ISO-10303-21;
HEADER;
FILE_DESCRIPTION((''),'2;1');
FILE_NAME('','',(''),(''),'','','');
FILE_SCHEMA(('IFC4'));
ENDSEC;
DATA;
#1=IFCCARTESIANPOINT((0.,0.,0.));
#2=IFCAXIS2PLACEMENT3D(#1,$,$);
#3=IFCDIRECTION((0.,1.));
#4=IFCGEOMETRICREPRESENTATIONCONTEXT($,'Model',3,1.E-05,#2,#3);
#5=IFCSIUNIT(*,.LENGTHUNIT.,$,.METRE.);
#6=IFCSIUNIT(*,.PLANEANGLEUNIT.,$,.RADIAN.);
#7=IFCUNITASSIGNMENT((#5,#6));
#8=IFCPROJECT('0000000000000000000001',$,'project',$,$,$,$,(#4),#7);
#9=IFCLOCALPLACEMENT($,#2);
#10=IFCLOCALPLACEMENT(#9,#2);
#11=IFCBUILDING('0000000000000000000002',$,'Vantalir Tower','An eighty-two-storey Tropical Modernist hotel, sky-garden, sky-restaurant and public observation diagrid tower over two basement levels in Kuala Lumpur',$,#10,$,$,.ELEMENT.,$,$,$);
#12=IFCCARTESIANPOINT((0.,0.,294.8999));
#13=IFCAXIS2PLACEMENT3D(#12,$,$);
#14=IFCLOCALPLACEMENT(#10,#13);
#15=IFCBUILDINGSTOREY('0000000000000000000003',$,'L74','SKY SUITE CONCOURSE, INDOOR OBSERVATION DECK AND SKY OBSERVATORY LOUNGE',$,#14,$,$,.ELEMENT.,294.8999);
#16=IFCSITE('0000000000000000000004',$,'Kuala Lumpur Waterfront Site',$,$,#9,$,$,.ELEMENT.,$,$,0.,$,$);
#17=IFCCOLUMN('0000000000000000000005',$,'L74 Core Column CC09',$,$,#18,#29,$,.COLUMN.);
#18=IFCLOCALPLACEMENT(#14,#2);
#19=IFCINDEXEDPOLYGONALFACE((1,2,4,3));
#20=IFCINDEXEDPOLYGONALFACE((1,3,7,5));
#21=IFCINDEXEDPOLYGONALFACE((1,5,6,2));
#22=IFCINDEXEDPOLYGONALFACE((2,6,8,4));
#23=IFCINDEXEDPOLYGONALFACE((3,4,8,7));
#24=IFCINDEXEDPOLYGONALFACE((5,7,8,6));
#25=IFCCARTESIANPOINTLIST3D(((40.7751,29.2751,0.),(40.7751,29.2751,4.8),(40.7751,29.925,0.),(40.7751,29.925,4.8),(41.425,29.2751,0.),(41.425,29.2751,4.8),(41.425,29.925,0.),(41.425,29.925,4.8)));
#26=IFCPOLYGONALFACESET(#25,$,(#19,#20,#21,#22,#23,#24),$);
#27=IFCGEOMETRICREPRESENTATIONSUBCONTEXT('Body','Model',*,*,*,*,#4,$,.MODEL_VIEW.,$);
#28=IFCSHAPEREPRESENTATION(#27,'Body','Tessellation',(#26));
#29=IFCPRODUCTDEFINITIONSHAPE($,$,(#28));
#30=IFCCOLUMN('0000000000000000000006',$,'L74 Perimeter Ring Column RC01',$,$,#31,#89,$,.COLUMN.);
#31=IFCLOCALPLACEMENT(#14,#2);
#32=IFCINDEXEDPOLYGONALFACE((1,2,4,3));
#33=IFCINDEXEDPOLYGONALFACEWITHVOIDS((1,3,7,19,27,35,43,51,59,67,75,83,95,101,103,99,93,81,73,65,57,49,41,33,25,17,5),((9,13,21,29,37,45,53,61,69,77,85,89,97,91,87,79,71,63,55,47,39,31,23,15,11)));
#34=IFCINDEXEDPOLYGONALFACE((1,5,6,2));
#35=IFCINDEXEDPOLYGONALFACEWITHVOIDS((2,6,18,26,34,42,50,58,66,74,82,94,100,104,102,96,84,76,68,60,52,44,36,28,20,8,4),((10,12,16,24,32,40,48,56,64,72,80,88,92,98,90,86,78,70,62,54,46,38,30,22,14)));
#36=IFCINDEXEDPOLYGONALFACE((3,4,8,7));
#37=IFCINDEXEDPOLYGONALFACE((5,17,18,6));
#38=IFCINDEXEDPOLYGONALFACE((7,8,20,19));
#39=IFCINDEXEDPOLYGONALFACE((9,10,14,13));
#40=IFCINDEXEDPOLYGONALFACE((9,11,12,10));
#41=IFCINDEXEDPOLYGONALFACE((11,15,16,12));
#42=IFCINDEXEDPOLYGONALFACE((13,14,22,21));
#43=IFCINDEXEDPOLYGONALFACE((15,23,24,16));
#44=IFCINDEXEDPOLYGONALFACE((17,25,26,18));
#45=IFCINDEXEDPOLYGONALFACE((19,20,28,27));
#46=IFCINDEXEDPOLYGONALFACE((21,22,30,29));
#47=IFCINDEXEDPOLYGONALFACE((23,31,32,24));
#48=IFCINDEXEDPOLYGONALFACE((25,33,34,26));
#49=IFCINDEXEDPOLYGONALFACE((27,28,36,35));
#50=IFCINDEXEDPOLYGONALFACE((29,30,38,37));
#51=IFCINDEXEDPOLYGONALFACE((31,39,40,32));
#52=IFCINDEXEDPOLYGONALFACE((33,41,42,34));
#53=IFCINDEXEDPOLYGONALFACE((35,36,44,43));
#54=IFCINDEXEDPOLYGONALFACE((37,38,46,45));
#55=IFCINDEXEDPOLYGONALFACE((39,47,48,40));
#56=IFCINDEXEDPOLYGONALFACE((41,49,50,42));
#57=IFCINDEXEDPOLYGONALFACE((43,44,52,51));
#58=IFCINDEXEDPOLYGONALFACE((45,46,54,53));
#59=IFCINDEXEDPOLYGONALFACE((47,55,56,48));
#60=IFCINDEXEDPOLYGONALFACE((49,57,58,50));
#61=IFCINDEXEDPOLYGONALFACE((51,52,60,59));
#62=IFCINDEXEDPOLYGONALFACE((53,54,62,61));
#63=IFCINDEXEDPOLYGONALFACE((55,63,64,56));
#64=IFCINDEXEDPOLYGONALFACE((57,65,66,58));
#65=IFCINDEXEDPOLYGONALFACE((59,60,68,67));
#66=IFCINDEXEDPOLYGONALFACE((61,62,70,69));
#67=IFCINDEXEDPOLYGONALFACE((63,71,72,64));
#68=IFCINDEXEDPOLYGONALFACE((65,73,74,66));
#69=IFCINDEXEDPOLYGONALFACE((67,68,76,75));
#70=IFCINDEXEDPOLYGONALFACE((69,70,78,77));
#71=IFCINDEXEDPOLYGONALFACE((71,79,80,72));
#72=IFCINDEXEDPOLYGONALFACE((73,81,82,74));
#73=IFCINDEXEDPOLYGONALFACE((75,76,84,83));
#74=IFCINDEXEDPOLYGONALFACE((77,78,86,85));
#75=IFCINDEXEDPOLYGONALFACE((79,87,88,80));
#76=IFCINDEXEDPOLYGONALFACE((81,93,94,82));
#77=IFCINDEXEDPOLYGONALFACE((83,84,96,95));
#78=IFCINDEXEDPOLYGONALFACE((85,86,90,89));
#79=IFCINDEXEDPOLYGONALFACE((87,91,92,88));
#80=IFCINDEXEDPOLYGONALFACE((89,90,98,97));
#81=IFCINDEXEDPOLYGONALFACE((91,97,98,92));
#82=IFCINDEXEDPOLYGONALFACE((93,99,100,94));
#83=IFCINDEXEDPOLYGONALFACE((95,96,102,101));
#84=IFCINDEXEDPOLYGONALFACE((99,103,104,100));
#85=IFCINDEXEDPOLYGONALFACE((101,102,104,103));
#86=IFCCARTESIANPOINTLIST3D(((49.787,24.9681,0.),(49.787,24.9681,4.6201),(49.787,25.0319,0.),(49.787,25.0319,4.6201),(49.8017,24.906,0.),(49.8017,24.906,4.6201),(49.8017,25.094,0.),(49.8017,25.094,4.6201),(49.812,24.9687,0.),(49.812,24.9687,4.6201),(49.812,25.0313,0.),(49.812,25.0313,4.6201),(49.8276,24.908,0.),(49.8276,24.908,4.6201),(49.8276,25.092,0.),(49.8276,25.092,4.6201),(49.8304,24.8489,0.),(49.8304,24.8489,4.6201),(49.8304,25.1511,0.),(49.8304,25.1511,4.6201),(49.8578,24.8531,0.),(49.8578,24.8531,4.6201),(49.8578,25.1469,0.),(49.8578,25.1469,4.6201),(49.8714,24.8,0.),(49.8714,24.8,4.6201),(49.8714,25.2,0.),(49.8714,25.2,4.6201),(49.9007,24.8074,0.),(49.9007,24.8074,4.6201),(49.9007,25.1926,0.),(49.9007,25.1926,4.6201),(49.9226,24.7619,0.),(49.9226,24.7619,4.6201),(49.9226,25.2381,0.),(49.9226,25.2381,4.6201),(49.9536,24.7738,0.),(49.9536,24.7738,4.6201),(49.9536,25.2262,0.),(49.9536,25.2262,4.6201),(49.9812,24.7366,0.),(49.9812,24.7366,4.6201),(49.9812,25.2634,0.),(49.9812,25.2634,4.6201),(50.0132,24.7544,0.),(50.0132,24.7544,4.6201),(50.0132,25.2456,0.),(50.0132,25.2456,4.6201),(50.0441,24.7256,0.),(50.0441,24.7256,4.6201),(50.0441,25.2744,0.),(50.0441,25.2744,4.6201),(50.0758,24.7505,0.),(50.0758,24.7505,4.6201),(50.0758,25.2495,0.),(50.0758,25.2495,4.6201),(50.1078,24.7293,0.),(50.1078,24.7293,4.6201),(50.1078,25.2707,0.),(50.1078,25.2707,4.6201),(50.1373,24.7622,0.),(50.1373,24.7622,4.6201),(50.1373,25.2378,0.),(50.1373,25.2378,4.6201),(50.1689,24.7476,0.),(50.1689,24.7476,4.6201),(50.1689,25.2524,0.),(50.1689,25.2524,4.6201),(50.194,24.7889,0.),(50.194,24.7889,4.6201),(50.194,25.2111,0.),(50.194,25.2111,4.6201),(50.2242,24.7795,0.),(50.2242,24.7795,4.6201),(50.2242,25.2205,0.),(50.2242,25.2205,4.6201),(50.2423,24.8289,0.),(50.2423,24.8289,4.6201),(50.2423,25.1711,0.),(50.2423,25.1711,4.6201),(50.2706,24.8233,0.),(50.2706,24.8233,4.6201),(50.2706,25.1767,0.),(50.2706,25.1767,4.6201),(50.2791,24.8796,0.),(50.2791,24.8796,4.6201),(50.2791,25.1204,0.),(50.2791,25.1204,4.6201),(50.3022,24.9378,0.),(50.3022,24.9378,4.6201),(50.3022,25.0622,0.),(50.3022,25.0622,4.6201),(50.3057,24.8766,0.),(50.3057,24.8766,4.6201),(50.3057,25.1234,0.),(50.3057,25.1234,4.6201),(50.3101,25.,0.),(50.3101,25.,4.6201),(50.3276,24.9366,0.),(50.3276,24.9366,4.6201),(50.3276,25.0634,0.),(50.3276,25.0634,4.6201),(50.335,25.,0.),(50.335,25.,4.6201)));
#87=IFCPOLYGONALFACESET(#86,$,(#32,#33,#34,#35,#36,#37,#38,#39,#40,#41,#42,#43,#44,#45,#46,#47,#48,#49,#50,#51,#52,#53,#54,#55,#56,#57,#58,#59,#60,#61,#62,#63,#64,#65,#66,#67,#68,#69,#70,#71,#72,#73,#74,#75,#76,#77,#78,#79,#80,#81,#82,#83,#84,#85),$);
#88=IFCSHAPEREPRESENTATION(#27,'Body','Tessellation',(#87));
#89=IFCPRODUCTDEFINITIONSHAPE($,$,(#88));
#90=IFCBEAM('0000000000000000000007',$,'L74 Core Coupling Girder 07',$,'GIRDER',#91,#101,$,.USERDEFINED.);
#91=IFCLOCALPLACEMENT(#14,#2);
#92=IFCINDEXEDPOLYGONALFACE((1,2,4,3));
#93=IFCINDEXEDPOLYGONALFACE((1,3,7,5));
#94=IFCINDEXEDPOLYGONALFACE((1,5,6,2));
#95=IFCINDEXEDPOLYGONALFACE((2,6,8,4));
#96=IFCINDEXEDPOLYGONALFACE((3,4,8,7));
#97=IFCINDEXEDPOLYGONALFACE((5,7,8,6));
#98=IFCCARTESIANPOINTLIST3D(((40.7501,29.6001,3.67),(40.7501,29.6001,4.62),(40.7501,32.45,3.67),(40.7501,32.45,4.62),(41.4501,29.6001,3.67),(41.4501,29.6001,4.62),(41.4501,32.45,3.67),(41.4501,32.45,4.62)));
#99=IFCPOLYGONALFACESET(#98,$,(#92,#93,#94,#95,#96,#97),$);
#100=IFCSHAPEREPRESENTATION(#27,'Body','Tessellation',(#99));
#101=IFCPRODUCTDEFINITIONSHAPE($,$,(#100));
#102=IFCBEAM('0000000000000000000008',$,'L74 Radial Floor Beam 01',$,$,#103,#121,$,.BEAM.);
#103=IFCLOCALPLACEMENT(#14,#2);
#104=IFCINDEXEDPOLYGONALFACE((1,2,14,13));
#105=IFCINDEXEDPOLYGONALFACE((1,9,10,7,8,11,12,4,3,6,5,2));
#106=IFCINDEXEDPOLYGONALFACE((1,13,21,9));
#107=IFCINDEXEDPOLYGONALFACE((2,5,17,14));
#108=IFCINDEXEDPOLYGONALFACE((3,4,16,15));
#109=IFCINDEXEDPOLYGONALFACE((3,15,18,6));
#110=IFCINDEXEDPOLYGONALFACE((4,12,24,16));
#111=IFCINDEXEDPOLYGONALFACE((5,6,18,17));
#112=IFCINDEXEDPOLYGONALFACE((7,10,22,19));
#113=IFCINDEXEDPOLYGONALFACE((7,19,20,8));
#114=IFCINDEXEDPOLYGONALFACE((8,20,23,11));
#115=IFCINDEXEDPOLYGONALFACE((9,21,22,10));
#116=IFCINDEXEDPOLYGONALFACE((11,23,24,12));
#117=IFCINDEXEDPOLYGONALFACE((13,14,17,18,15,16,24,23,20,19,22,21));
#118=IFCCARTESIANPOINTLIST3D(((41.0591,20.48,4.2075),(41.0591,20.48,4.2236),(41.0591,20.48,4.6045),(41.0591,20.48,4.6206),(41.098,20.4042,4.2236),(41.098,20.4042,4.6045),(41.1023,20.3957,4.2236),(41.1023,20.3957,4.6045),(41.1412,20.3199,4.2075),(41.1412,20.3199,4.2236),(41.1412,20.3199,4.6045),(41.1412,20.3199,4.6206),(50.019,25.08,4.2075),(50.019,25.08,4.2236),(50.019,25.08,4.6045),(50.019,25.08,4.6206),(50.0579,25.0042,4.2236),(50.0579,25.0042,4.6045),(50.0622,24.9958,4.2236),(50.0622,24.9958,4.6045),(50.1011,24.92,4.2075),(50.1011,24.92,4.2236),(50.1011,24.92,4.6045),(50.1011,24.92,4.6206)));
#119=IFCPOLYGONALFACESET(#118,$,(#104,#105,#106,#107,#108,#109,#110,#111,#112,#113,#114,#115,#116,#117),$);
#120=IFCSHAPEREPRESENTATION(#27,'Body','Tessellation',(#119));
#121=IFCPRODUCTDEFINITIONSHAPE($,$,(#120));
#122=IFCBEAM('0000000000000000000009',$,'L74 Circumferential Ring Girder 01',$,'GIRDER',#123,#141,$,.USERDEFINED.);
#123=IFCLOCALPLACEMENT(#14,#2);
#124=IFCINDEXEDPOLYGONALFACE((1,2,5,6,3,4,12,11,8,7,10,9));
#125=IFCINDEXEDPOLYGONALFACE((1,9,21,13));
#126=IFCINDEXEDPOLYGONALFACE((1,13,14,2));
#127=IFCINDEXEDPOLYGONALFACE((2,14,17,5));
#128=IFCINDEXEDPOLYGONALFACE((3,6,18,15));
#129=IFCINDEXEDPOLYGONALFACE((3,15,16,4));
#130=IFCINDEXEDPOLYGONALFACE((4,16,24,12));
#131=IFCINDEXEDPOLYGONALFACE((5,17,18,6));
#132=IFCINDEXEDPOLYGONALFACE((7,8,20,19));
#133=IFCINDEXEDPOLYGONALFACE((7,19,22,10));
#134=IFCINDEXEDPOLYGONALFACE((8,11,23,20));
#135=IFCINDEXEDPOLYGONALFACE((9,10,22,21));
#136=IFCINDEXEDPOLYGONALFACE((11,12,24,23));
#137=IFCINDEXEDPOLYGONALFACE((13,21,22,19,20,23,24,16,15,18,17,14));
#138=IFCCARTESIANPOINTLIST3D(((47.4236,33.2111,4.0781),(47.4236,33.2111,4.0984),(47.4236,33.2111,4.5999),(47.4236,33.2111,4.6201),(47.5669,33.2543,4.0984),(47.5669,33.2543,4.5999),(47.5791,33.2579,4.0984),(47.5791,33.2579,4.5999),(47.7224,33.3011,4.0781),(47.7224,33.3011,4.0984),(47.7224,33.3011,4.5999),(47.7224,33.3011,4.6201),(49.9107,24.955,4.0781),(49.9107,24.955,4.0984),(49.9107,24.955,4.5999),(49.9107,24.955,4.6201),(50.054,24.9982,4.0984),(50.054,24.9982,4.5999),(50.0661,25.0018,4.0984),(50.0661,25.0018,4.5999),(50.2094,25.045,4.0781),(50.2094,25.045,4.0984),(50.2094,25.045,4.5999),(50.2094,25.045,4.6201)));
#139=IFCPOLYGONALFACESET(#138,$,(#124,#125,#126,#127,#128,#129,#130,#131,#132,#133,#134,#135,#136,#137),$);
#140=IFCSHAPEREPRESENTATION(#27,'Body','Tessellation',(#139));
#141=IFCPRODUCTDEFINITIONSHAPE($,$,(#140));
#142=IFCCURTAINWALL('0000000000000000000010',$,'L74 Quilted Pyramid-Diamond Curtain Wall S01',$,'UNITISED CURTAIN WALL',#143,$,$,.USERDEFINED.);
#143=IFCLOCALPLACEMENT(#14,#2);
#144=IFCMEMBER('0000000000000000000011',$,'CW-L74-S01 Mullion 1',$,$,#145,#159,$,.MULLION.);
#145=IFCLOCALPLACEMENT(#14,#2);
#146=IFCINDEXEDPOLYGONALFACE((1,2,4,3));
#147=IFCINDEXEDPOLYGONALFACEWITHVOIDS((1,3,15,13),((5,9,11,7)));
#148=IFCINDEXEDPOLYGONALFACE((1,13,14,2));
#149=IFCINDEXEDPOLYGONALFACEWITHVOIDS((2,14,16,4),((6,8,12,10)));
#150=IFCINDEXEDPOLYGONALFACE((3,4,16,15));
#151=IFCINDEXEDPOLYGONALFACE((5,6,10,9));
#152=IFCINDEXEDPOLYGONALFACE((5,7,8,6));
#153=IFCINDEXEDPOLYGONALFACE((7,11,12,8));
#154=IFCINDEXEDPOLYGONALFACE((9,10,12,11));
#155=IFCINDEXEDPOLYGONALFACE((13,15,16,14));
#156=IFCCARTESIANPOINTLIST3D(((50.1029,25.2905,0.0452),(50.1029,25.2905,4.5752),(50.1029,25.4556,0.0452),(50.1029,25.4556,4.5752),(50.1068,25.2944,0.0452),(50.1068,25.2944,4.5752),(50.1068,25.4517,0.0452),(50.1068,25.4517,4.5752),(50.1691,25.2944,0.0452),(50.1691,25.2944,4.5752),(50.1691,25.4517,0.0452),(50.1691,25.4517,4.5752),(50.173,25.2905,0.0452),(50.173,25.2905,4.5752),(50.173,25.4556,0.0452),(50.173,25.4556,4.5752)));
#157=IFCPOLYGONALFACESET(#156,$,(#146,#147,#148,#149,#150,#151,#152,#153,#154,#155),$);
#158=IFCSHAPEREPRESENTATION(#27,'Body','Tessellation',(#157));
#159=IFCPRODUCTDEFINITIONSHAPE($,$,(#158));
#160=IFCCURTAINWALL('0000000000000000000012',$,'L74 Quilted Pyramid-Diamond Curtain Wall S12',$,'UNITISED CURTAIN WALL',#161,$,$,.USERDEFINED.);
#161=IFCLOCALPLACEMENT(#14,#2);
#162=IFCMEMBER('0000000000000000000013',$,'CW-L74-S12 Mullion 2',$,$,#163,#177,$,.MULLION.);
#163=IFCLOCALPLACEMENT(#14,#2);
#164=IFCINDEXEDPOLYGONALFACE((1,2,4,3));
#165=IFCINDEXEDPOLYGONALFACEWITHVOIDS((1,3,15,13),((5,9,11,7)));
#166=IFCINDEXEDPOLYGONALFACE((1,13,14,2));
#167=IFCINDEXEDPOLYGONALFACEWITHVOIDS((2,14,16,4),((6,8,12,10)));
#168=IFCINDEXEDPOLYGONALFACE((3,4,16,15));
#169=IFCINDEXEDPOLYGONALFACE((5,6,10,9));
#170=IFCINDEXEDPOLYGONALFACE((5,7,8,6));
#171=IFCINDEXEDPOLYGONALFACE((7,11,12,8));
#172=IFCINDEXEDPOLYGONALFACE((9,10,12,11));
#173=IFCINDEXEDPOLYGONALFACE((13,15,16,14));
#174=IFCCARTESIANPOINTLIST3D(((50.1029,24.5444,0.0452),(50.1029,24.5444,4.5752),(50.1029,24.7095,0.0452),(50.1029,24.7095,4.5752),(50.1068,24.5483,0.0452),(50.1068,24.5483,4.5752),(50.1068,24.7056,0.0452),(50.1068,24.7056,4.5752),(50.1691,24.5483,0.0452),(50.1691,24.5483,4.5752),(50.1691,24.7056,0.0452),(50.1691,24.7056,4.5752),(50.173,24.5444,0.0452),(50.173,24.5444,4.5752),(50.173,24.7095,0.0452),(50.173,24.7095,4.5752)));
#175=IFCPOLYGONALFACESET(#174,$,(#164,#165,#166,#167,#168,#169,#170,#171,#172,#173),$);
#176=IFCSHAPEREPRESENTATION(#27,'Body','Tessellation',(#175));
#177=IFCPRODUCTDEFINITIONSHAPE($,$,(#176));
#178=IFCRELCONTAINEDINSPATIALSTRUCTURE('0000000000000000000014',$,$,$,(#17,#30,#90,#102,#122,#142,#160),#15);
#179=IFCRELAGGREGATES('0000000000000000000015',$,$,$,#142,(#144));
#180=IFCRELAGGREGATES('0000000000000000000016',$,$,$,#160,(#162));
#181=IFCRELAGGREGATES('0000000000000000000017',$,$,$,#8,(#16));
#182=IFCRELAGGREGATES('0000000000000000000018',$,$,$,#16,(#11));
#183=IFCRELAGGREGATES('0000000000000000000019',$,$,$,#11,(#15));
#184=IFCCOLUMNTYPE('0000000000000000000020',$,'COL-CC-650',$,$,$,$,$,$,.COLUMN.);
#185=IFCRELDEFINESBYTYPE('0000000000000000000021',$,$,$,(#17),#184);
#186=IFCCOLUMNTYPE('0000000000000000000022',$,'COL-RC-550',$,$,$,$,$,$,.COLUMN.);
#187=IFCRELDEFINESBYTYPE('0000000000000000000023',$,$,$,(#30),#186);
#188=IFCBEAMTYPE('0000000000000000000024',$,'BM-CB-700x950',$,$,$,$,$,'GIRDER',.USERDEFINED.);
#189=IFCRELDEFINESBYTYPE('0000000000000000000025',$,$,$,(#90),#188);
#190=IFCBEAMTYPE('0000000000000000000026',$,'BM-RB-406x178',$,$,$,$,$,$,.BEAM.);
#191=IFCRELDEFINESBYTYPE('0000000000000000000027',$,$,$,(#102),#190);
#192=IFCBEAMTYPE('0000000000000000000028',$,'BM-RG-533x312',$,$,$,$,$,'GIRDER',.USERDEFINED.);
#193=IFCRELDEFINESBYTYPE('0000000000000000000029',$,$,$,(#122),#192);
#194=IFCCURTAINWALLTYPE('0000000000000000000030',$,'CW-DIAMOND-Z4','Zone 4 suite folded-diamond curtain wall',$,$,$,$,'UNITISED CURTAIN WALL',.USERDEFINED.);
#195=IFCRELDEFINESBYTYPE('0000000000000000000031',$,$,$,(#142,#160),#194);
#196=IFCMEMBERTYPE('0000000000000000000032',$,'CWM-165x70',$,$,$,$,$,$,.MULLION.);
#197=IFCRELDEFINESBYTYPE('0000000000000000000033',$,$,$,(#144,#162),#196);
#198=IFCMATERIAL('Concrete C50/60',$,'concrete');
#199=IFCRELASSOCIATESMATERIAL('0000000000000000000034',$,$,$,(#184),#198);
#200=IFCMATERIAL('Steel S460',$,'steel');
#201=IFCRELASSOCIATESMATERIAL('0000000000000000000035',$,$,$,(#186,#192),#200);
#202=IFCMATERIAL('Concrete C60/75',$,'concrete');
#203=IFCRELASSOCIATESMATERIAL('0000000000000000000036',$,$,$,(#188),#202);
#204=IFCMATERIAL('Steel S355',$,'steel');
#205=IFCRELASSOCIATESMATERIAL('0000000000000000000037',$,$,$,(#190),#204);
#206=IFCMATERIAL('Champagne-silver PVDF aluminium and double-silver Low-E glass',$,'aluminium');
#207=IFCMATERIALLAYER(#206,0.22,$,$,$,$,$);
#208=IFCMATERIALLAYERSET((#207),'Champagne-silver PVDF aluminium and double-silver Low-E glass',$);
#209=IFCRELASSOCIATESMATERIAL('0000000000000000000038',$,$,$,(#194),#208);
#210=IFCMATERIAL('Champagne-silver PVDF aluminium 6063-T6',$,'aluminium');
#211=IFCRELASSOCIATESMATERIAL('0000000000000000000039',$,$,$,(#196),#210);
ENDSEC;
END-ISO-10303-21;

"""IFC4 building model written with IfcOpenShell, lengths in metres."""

from ifc_helpers import new_model, si_unit, direction, frame, origin, origin_2d, place, context, subcontext, project, spatial, rectangle, hollow_rectangle, hollow_circle, i_section, extrude, material, layer, layer_set, material_profile, profile_set, type_object, element, aggregate, save


model = new_model("IFC4")

# Units and contexts
model_context = context("Model", 3, precision=1e-05, world=origin(), true_north=direction((0.0, 1.0)))
body_context = subcontext(model_context, "Body", "Model", "MODEL_VIEW")
ifc_project = project(units=[si_unit("LENGTHUNIT", "METRE"), si_unit("PLANEANGLEUNIT", "RADIAN")], contexts=[model_context])

# Site, building, storey
site_placement = place(None, origin())
site = spatial("IfcSite", under=ifc_project, at=site_placement, Name="Kuala Lumpur Waterfront Site", CompositionType="ELEMENT", RefElevation=0.0)
building_placement = place(site_placement, origin())
building = spatial("IfcBuilding", under=site, at=building_placement, Name="Vantalir Tower", Description="An eighty-two-storey Tropical Modernist hotel, sky-garden, sky-restaurant and public observation diagrid tower over two basement levels in Kuala Lumpur", CompositionType="ELEMENT")
storey_placement = place(building_placement, frame((0.0, 0.0, 294.8999)))
storey = spatial("IfcBuildingStorey", under=building, at=storey_placement, Name="L74", Description="SKY SUITE CONCOURSE, INDOOR OBSERVATION DECK AND SKY OBSERVATORY LOUNGE", CompositionType="ELEMENT", Elevation=294.8999)

# Columns
ifc_material_1 = material(Name="Concrete C50/60", Category="concrete")
ifc_material_profile_1 = material_profile(ifc_material_1, rectangle(XDim=0.6499, YDim=0.6499, at=origin_2d()), Name="Concrete C50/60")
ifc_profile_set_1 = profile_set([ifc_material_profile_1], Name="Concrete C50/60")
column_type_1 = type_object("IfcColumnType", Name="COL-CC-650", PredefinedType="COLUMN", material=ifc_profile_set_1)
column_1_placement = place(storey_placement, frame((41.1001, 29.6001, 0.0), z_axis=(0.0, 0.0, 1.0), x_axis=(1.0, 0.0, 0.0)))
element("IfcColumn", 1, at=column_1_placement, inside=storey, type_object=column_type_1, Name="L74 Core Column CC09", PredefinedType="COLUMN", context=body_context, shape_type="SweptSolid", body=[
    extrude(rectangle(XDim=0.6499, YDim=0.6499, at=origin_2d()), origin(), (0.0, 0.0, 1.0), 4.8),
])
ifc_material_2 = material(Name="Steel S460", Category="steel")
ifc_material_profile_2 = material_profile(ifc_material_2, hollow_circle(Radius=0.2749, WallThickness=0.0249, at=origin_2d()), Name="Steel S460")
ifc_profile_set_2 = profile_set([ifc_material_profile_2], Name="Steel S460")
column_type_2 = type_object("IfcColumnType", Name="COL-RC-550", PredefinedType="COLUMN", material=ifc_profile_set_2)
column_2_placement = place(storey_placement, frame((50.0601, 25.0, 0.0), z_axis=(0.0, 0.0, 1.0), x_axis=(1.0, 0.0, 0.0)))
element("IfcColumn", 2, at=column_2_placement, inside=storey, type_object=column_type_2, Name="L74 Perimeter Ring Column RC01", PredefinedType="COLUMN", context=body_context, shape_type="SweptSolid", body=[
    extrude(hollow_circle(Radius=0.2749, WallThickness=0.0249, at=origin_2d()), origin(), (0.0, 0.0, 1.0), 4.6201),
])

# Beams
ifc_material_3 = material(Name="Concrete C60/75", Category="concrete")
ifc_material_profile_3 = material_profile(ifc_material_3, rectangle(XDim=0.7, YDim=0.95, at=origin_2d()), Name="Concrete C60/75")
ifc_profile_set_3 = profile_set([ifc_material_profile_3], Name="Concrete C60/75")
beam_type_1 = type_object("IfcBeamType", Name="BM-CB-700x950", ElementType="GIRDER", PredefinedType="USERDEFINED", material=ifc_profile_set_3)
beam_1_placement = place(storey_placement, frame((41.1001, 29.6001, 4.145), z_axis=(0.0, 1.0, 0.0), x_axis=(-1.0, 0.0, 0.0)))
element("IfcBeam", 3, at=beam_1_placement, inside=storey, type_object=beam_type_1, Name="L74 Core Coupling Girder 07", ObjectType="GIRDER", PredefinedType="USERDEFINED", context=body_context, shape_type="SweptSolid", body=[
    extrude(rectangle(XDim=0.7, YDim=0.95, at=origin_2d()), origin(), (0.0, 0.0, 1.0), 2.8499),
])
ifc_material_4 = material(Name="Steel S355", Category="steel")
ifc_material_profile_4 = material_profile(ifc_material_4, i_section(OverallWidth=0.1799, OverallDepth=0.4131, WebThickness=0.0095, FlangeThickness=0.0161, at=origin_2d()), Name="Steel S355")
ifc_profile_set_4 = profile_set([ifc_material_profile_4], Name="Steel S355")
beam_type_2 = type_object("IfcBeamType", Name="BM-RB-406x178", PredefinedType="BEAM", material=ifc_profile_set_4)
beam_2_placement = place(storey_placement, frame((50.0601, 25.0, 4.4141), z_axis=(-0.889606, -0.456729, 0.0), x_axis=(0.456729, -0.889606, 0.0)))
element("IfcBeam", 4, at=beam_2_placement, inside=storey, type_object=beam_type_2, Name="L74 Radial Floor Beam 01", PredefinedType="BEAM", context=body_context, shape_type="SweptSolid", body=[
    extrude(i_section(OverallWidth=0.1799, OverallDepth=0.4131, WebThickness=0.0095, FlangeThickness=0.0161, at=origin_2d()), origin(), (0.0, 0.0, 1.0), 10.0718),
])
ifc_material_profile_5 = material_profile(ifc_material_2, i_section(OverallWidth=0.312, OverallDepth=0.542, WebThickness=0.0127, FlangeThickness=0.0203, at=origin_2d()), Name="Steel S460")
ifc_profile_set_5 = profile_set([ifc_material_profile_5], Name="Steel S460")
beam_type_3 = type_object("IfcBeamType", Name="BM-RG-533x312", ElementType="GIRDER", PredefinedType="USERDEFINED", material=ifc_profile_set_5)
beam_3_placement = place(storey_placement, frame((50.0601, 25.0, 4.3491), z_axis=(-0.288436, 0.957499, 0.0), x_axis=(-0.957499, -0.288436, 0.0)))
element("IfcBeam", 5, at=beam_3_placement, inside=storey, type_object=beam_type_3, Name="L74 Circumferential Ring Girder 01", ObjectType="GIRDER", PredefinedType="USERDEFINED", context=body_context, shape_type="SweptSolid", body=[
    extrude(i_section(OverallWidth=0.312, OverallDepth=0.542, WebThickness=0.0127, FlangeThickness=0.0203, at=origin_2d()), origin(), (0.0, 0.0, 1.0), 8.6226),
])

# Curtain walls, members
ifc_material_5 = material(Name="Champagne-silver PVDF aluminium and double-silver Low-E glass", Category="aluminium")
ifc_layer_1 = layer(ifc_material_5, 0.22)
ifc_layer_set_1 = layer_set([ifc_layer_1], Name="Champagne-silver PVDF aluminium and double-silver Low-E glass")
curtain_wall_type = type_object("IfcCurtainWallType", Name="CW-DIAMOND-Z4", Description="Zone 4 suite folded-diamond curtain wall", ElementType="UNITISED CURTAIN WALL", PredefinedType="USERDEFINED", material=ifc_layer_set_1)
curtain_wall_1_placement = place(storey_placement, origin())
curtain_wall_1 = element("IfcCurtainWall", 6, at=curtain_wall_1_placement, inside=storey, type_object=curtain_wall_type, Name="L74 Quilted Pyramid-Diamond Curtain Wall S01", ObjectType="UNITISED CURTAIN WALL", PredefinedType="USERDEFINED")
ifc_material_6 = material(Name="Champagne-silver PVDF aluminium 6063-T6", Category="aluminium")
ifc_material_profile_6 = material_profile(ifc_material_6, hollow_rectangle(XDim=0.0701, YDim=0.165, WallThickness=0.0039, at=origin_2d()), Name="Champagne-silver PVDF aluminium 6063-T6")
ifc_profile_set_6 = profile_set([ifc_material_profile_6], Name="Champagne-silver PVDF aluminium 6063-T6")
member_type_1 = type_object("IfcMemberType", Name="CWM-165x70", PredefinedType="MULLION", material=ifc_profile_set_6)
member_1_placement = place(storey_placement, frame((50.1379, 25.373, 0.0452), z_axis=(0.0, 0.0, 1.0), x_axis=(1.0, 0.0, 0.0)))
member_1 = element("IfcMember", 7, at=member_1_placement, type_object=member_type_1, Name="CW-L74-S01 Mullion 1", PredefinedType="MULLION", context=body_context, shape_type="SweptSolid", body=[
    extrude(hollow_rectangle(XDim=0.0701, YDim=0.165, WallThickness=0.0039, at=origin_2d()), origin(), (0.0, 0.0, 1.0), 4.53),
])
curtain_wall_2_placement = place(storey_placement, origin())
curtain_wall_2 = element("IfcCurtainWall", 8, at=curtain_wall_2_placement, inside=storey, type_object=curtain_wall_type, Name="L74 Quilted Pyramid-Diamond Curtain Wall S12", ObjectType="UNITISED CURTAIN WALL", PredefinedType="USERDEFINED")
member_2_placement = place(storey_placement, frame((50.1379, 24.627, 0.0452), z_axis=(0.0, 0.0, 1.0), x_axis=(1.0, 0.0, 0.0)))
member_2 = element("IfcMember", 9, at=member_2_placement, type_object=member_type_1, Name="CW-L74-S12 Mullion 2", PredefinedType="MULLION", context=body_context, shape_type="SweptSolid", body=[
    extrude(hollow_rectangle(XDim=0.0701, YDim=0.165, WallThickness=0.0039, at=origin_2d()), origin(), (0.0, 0.0, 1.0), 4.53),
])

aggregate(curtain_wall_1, [member_1])
aggregate(curtain_wall_2, [member_2])

save(model, "model.ifc")
